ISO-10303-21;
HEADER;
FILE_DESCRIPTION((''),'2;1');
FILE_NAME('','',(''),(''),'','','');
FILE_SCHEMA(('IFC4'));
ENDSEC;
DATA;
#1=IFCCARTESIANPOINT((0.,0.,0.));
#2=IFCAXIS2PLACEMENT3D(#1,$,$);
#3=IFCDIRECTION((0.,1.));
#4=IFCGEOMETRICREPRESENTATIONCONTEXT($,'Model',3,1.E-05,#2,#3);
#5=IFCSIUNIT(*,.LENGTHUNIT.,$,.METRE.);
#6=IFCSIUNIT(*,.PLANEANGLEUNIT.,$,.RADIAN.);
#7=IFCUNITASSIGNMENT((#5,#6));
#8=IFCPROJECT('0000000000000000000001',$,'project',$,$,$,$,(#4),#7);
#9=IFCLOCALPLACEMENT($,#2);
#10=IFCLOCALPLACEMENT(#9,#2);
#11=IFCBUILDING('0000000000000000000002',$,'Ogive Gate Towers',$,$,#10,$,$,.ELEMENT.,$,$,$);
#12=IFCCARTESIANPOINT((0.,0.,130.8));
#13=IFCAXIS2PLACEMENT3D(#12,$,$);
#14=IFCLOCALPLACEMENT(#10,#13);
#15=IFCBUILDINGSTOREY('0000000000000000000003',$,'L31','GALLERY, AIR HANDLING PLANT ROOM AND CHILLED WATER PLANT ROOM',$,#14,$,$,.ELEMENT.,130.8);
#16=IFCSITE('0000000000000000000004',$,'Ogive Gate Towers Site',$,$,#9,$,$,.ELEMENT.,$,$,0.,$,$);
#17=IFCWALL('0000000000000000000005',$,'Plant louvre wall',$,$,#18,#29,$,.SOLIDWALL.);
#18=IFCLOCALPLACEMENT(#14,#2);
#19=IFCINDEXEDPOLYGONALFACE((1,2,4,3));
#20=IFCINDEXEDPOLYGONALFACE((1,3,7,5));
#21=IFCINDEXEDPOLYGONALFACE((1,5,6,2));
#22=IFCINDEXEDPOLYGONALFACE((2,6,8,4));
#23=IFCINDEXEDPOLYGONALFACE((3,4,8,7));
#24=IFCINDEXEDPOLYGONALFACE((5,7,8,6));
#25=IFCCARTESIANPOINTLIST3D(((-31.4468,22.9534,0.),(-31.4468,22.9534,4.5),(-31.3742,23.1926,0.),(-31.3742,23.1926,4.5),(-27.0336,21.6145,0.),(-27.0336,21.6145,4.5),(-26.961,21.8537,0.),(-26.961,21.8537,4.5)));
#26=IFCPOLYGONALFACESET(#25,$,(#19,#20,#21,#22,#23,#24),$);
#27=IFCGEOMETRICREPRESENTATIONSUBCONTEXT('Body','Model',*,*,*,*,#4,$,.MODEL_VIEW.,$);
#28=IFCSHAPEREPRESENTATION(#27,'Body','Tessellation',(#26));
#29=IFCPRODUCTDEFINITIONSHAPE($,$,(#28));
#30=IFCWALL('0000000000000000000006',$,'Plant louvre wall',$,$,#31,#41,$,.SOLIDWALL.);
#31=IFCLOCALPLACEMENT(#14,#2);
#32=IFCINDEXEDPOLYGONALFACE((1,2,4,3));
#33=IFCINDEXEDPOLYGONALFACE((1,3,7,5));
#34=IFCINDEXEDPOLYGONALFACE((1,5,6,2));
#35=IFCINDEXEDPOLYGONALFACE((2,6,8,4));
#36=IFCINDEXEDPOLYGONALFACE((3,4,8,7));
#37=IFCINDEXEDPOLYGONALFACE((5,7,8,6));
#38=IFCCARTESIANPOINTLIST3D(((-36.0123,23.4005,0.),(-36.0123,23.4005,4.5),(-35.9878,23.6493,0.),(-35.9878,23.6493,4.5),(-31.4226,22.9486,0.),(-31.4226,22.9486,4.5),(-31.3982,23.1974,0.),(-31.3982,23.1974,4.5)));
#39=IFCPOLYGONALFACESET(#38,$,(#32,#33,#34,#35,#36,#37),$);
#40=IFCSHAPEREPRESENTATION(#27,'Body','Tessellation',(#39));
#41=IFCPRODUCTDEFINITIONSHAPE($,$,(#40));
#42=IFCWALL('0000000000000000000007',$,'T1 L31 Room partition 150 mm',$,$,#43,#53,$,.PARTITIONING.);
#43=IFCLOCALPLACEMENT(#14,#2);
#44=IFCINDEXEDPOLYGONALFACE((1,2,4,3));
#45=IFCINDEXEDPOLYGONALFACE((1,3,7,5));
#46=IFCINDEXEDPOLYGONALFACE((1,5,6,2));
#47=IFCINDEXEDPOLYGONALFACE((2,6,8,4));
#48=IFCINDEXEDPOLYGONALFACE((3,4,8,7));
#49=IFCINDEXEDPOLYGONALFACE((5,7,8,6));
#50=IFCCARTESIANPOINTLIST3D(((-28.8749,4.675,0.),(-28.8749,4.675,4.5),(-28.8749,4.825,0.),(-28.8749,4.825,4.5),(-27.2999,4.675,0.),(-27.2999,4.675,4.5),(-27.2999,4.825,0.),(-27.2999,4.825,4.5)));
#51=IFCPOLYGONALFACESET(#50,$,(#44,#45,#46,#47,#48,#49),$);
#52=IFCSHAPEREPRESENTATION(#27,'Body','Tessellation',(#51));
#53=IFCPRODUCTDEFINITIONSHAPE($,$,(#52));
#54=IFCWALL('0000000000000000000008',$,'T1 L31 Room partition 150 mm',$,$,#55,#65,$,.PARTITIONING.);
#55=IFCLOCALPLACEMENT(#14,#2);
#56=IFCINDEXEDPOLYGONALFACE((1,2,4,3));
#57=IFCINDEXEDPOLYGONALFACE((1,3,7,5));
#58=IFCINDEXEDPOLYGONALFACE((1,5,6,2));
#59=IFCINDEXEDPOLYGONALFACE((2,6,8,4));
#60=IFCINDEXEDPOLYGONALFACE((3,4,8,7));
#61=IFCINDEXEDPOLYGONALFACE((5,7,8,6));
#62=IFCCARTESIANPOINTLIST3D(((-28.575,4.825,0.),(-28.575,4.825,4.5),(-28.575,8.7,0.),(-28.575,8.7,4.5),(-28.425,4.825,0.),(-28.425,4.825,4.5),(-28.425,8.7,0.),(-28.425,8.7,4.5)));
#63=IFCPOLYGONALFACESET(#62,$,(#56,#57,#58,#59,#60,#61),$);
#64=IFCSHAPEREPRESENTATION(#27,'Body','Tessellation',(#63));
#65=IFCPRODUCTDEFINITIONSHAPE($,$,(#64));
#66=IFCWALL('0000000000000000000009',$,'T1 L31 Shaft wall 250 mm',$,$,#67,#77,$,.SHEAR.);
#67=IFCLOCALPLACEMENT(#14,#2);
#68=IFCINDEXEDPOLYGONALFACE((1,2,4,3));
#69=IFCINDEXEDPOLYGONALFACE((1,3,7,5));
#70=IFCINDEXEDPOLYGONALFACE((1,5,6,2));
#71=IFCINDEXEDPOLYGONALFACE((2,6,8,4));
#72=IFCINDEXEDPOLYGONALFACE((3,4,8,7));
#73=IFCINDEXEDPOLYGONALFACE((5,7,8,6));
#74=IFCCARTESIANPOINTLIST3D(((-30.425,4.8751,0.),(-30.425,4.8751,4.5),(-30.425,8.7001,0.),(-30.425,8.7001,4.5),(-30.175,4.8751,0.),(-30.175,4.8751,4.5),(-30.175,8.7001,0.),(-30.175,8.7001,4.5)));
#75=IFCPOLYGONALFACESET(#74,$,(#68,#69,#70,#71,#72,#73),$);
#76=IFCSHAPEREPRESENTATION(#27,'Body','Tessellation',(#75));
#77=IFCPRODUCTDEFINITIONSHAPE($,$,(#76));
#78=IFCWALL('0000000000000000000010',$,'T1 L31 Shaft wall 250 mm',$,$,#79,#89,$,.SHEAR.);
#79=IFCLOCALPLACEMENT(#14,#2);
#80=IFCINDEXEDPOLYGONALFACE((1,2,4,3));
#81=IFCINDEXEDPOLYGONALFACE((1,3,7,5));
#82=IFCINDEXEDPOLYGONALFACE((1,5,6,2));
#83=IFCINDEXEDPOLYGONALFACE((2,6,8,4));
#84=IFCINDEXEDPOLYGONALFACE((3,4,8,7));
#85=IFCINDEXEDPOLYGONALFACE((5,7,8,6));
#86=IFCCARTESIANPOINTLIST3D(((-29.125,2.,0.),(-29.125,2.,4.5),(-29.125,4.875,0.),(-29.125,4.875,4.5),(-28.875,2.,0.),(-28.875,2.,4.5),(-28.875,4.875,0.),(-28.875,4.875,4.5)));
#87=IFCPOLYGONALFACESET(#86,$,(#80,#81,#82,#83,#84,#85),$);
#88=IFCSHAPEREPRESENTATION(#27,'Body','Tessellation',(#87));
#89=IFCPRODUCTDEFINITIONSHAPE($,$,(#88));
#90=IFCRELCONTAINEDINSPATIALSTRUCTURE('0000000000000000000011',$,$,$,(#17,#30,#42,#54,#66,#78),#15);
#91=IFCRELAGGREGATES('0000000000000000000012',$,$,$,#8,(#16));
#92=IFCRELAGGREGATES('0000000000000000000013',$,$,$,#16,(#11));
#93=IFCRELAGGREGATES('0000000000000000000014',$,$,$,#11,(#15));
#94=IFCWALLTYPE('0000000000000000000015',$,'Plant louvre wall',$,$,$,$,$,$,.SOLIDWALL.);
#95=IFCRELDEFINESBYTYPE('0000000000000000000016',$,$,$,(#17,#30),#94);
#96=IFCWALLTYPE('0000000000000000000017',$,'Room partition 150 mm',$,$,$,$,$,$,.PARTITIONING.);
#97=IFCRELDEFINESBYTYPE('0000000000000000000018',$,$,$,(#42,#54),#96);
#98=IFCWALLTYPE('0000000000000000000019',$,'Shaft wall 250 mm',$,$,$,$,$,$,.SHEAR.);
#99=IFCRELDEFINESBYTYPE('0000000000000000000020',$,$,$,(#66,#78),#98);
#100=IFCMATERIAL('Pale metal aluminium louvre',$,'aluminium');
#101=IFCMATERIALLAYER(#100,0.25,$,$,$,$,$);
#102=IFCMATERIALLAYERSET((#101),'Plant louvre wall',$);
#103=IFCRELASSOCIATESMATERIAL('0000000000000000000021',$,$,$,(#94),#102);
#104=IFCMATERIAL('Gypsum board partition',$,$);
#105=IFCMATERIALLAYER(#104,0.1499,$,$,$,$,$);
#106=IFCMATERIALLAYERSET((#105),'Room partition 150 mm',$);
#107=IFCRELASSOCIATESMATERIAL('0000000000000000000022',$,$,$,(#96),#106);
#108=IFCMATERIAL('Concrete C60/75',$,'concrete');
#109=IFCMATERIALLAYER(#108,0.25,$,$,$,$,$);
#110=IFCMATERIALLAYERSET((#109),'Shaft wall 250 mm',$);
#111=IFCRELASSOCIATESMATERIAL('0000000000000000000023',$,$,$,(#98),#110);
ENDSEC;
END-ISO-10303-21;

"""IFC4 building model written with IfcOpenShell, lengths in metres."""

from ifc_helpers import new_model, si_unit, direction, frame, frame_2d, origin, place, context, subcontext, project, spatial, rectangle, extrude, material, layer, layer_set, type_object, element, save


model = new_model("IFC4")

# Units and contexts
model_context = context("Model", 3, precision=1e-05, world=origin(), true_north=direction((0.0, 1.0)))
body_context = subcontext(model_context, "Body", "Model", "MODEL_VIEW")
ifc_project = project(units=[si_unit("LENGTHUNIT", "METRE"), si_unit("PLANEANGLEUNIT", "RADIAN")], contexts=[model_context])

# Site, building, storey
site_placement = place(None, origin())
site = spatial("IfcSite", under=ifc_project, at=site_placement, Name="Ogive Gate Towers Site", CompositionType="ELEMENT", RefElevation=0.0)
building_placement = place(site_placement, origin())
building = spatial("IfcBuilding", under=site, at=building_placement, Name="Ogive Gate Towers", CompositionType="ELEMENT")
storey_placement = place(building_placement, frame((0.0, 0.0, 130.8)))
storey = spatial("IfcBuildingStorey", under=building, at=storey_placement, Name="L31", Description="GALLERY, AIR HANDLING PLANT ROOM AND CHILLED WATER PLANT ROOM", CompositionType="ELEMENT", Elevation=130.8)

# Walls
ifc_material_1 = material(Name="Pale metal aluminium louvre", Category="aluminium")
ifc_layer_1 = layer(ifc_material_1, 0.25)
ifc_layer_set_1 = layer_set([ifc_layer_1], Name="Plant louvre wall")
wall_type_1 = type_object("IfcWallType", Name="Plant louvre wall", PredefinedType="SOLIDWALL", material=ifc_layer_set_1)
for number, where, z_axis, x_axis, name in (
    (1, (-26.9973, 21.7341, 0.0), (0.0, 0.0, 1.0), (-0.95693, 0.290319, 0.0), "Plant louvre wall"),
    (2, (-31.4104, 23.073, 0.0), (0.0, 0.0, 1.0), (-0.995188, 0.097989, 0.0), "Plant louvre wall"),
):
    element("IfcWall", number, at=place(storey_placement, frame(where, z_axis=z_axis, x_axis=x_axis)), inside=storey, type_object=wall_type_1, Name=name, PredefinedType="SOLIDWALL", context=body_context, shape_type="SweptSolid", body=[
        extrude(rectangle(XDim=4.6118, YDim=0.25, at=frame_2d((2.3059, 0.0))), origin(), (0.0, 0.0, 1.0), 4.5),
    ])
ifc_material_2 = material(Name="Gypsum board partition")
ifc_layer_2 = layer(ifc_material_2, 0.1499)
ifc_layer_set_2 = layer_set([ifc_layer_2], Name="Room partition 150 mm")
wall_type_2 = type_object("IfcWallType", Name="Room partition 150 mm", PredefinedType="PARTITIONING", material=ifc_layer_set_2)
wall_1_placement = place(storey_placement, frame((-28.875, 4.75, 0.0), z_axis=(0.0, 0.0, 1.0), x_axis=(1.0, 0.0, 0.0)))
element("IfcWall", 3, at=wall_1_placement, inside=storey, type_object=wall_type_2, Name="T1 L31 Room partition 150 mm", PredefinedType="PARTITIONING", context=body_context, shape_type="SweptSolid", body=[
    extrude(rectangle(XDim=1.575, YDim=0.1499, at=frame_2d((0.7876, 0.0))), origin(), (0.0, 0.0, 1.0), 4.5),
])
wall_2_placement = place(storey_placement, frame((-28.5, 4.825, 0.0), z_axis=(0.0, 0.0, 1.0), x_axis=(0.0, 1.0, 0.0)))
element("IfcWall", 4, at=wall_2_placement, inside=storey, type_object=wall_type_2, Name="T1 L31 Room partition 150 mm", PredefinedType="PARTITIONING", context=body_context, shape_type="SweptSolid", body=[
    extrude(rectangle(XDim=3.875, YDim=0.1499, at=frame_2d((1.9375, 0.0))), origin(), (0.0, 0.0, 1.0), 4.5),
])
ifc_material_3 = material(Name="Concrete C60/75", Category="concrete")
ifc_layer_3 = layer(ifc_material_3, 0.25)
ifc_layer_set_3 = layer_set([ifc_layer_3], Name="Shaft wall 250 mm")
wall_type_3 = type_object("IfcWallType", Name="Shaft wall 250 mm", PredefinedType="SHEAR", material=ifc_layer_set_3)
wall_3_placement = place(storey_placement, frame((-30.3, 4.875, 0.0), z_axis=(0.0, 0.0, 1.0), x_axis=(0.0, 1.0, 0.0)))
element("IfcWall", 5, at=wall_3_placement, inside=storey, type_object=wall_type_3, Name="T1 L31 Shaft wall 250 mm", PredefinedType="SHEAR", context=body_context, shape_type="SweptSolid", body=[
    extrude(rectangle(XDim=3.825, YDim=0.25, at=frame_2d((1.9126, 0.0))), origin(), (0.0, 0.0, 1.0), 4.5),
])
wall_4_placement = place(storey_placement, frame((-29.0, 2.0, 0.0), z_axis=(0.0, 0.0, 1.0), x_axis=(0.0, 1.0, 0.0)))
element("IfcWall", 6, at=wall_4_placement, inside=storey, type_object=wall_type_3, Name="T1 L31 Shaft wall 250 mm", PredefinedType="SHEAR", context=body_context, shape_type="SweptSolid", body=[
    extrude(rectangle(XDim=2.875, YDim=0.25, at=frame_2d((1.4375, 0.0))), origin(), (0.0, 0.0, 1.0), 4.5),
])

save(model, "model.ifc")
